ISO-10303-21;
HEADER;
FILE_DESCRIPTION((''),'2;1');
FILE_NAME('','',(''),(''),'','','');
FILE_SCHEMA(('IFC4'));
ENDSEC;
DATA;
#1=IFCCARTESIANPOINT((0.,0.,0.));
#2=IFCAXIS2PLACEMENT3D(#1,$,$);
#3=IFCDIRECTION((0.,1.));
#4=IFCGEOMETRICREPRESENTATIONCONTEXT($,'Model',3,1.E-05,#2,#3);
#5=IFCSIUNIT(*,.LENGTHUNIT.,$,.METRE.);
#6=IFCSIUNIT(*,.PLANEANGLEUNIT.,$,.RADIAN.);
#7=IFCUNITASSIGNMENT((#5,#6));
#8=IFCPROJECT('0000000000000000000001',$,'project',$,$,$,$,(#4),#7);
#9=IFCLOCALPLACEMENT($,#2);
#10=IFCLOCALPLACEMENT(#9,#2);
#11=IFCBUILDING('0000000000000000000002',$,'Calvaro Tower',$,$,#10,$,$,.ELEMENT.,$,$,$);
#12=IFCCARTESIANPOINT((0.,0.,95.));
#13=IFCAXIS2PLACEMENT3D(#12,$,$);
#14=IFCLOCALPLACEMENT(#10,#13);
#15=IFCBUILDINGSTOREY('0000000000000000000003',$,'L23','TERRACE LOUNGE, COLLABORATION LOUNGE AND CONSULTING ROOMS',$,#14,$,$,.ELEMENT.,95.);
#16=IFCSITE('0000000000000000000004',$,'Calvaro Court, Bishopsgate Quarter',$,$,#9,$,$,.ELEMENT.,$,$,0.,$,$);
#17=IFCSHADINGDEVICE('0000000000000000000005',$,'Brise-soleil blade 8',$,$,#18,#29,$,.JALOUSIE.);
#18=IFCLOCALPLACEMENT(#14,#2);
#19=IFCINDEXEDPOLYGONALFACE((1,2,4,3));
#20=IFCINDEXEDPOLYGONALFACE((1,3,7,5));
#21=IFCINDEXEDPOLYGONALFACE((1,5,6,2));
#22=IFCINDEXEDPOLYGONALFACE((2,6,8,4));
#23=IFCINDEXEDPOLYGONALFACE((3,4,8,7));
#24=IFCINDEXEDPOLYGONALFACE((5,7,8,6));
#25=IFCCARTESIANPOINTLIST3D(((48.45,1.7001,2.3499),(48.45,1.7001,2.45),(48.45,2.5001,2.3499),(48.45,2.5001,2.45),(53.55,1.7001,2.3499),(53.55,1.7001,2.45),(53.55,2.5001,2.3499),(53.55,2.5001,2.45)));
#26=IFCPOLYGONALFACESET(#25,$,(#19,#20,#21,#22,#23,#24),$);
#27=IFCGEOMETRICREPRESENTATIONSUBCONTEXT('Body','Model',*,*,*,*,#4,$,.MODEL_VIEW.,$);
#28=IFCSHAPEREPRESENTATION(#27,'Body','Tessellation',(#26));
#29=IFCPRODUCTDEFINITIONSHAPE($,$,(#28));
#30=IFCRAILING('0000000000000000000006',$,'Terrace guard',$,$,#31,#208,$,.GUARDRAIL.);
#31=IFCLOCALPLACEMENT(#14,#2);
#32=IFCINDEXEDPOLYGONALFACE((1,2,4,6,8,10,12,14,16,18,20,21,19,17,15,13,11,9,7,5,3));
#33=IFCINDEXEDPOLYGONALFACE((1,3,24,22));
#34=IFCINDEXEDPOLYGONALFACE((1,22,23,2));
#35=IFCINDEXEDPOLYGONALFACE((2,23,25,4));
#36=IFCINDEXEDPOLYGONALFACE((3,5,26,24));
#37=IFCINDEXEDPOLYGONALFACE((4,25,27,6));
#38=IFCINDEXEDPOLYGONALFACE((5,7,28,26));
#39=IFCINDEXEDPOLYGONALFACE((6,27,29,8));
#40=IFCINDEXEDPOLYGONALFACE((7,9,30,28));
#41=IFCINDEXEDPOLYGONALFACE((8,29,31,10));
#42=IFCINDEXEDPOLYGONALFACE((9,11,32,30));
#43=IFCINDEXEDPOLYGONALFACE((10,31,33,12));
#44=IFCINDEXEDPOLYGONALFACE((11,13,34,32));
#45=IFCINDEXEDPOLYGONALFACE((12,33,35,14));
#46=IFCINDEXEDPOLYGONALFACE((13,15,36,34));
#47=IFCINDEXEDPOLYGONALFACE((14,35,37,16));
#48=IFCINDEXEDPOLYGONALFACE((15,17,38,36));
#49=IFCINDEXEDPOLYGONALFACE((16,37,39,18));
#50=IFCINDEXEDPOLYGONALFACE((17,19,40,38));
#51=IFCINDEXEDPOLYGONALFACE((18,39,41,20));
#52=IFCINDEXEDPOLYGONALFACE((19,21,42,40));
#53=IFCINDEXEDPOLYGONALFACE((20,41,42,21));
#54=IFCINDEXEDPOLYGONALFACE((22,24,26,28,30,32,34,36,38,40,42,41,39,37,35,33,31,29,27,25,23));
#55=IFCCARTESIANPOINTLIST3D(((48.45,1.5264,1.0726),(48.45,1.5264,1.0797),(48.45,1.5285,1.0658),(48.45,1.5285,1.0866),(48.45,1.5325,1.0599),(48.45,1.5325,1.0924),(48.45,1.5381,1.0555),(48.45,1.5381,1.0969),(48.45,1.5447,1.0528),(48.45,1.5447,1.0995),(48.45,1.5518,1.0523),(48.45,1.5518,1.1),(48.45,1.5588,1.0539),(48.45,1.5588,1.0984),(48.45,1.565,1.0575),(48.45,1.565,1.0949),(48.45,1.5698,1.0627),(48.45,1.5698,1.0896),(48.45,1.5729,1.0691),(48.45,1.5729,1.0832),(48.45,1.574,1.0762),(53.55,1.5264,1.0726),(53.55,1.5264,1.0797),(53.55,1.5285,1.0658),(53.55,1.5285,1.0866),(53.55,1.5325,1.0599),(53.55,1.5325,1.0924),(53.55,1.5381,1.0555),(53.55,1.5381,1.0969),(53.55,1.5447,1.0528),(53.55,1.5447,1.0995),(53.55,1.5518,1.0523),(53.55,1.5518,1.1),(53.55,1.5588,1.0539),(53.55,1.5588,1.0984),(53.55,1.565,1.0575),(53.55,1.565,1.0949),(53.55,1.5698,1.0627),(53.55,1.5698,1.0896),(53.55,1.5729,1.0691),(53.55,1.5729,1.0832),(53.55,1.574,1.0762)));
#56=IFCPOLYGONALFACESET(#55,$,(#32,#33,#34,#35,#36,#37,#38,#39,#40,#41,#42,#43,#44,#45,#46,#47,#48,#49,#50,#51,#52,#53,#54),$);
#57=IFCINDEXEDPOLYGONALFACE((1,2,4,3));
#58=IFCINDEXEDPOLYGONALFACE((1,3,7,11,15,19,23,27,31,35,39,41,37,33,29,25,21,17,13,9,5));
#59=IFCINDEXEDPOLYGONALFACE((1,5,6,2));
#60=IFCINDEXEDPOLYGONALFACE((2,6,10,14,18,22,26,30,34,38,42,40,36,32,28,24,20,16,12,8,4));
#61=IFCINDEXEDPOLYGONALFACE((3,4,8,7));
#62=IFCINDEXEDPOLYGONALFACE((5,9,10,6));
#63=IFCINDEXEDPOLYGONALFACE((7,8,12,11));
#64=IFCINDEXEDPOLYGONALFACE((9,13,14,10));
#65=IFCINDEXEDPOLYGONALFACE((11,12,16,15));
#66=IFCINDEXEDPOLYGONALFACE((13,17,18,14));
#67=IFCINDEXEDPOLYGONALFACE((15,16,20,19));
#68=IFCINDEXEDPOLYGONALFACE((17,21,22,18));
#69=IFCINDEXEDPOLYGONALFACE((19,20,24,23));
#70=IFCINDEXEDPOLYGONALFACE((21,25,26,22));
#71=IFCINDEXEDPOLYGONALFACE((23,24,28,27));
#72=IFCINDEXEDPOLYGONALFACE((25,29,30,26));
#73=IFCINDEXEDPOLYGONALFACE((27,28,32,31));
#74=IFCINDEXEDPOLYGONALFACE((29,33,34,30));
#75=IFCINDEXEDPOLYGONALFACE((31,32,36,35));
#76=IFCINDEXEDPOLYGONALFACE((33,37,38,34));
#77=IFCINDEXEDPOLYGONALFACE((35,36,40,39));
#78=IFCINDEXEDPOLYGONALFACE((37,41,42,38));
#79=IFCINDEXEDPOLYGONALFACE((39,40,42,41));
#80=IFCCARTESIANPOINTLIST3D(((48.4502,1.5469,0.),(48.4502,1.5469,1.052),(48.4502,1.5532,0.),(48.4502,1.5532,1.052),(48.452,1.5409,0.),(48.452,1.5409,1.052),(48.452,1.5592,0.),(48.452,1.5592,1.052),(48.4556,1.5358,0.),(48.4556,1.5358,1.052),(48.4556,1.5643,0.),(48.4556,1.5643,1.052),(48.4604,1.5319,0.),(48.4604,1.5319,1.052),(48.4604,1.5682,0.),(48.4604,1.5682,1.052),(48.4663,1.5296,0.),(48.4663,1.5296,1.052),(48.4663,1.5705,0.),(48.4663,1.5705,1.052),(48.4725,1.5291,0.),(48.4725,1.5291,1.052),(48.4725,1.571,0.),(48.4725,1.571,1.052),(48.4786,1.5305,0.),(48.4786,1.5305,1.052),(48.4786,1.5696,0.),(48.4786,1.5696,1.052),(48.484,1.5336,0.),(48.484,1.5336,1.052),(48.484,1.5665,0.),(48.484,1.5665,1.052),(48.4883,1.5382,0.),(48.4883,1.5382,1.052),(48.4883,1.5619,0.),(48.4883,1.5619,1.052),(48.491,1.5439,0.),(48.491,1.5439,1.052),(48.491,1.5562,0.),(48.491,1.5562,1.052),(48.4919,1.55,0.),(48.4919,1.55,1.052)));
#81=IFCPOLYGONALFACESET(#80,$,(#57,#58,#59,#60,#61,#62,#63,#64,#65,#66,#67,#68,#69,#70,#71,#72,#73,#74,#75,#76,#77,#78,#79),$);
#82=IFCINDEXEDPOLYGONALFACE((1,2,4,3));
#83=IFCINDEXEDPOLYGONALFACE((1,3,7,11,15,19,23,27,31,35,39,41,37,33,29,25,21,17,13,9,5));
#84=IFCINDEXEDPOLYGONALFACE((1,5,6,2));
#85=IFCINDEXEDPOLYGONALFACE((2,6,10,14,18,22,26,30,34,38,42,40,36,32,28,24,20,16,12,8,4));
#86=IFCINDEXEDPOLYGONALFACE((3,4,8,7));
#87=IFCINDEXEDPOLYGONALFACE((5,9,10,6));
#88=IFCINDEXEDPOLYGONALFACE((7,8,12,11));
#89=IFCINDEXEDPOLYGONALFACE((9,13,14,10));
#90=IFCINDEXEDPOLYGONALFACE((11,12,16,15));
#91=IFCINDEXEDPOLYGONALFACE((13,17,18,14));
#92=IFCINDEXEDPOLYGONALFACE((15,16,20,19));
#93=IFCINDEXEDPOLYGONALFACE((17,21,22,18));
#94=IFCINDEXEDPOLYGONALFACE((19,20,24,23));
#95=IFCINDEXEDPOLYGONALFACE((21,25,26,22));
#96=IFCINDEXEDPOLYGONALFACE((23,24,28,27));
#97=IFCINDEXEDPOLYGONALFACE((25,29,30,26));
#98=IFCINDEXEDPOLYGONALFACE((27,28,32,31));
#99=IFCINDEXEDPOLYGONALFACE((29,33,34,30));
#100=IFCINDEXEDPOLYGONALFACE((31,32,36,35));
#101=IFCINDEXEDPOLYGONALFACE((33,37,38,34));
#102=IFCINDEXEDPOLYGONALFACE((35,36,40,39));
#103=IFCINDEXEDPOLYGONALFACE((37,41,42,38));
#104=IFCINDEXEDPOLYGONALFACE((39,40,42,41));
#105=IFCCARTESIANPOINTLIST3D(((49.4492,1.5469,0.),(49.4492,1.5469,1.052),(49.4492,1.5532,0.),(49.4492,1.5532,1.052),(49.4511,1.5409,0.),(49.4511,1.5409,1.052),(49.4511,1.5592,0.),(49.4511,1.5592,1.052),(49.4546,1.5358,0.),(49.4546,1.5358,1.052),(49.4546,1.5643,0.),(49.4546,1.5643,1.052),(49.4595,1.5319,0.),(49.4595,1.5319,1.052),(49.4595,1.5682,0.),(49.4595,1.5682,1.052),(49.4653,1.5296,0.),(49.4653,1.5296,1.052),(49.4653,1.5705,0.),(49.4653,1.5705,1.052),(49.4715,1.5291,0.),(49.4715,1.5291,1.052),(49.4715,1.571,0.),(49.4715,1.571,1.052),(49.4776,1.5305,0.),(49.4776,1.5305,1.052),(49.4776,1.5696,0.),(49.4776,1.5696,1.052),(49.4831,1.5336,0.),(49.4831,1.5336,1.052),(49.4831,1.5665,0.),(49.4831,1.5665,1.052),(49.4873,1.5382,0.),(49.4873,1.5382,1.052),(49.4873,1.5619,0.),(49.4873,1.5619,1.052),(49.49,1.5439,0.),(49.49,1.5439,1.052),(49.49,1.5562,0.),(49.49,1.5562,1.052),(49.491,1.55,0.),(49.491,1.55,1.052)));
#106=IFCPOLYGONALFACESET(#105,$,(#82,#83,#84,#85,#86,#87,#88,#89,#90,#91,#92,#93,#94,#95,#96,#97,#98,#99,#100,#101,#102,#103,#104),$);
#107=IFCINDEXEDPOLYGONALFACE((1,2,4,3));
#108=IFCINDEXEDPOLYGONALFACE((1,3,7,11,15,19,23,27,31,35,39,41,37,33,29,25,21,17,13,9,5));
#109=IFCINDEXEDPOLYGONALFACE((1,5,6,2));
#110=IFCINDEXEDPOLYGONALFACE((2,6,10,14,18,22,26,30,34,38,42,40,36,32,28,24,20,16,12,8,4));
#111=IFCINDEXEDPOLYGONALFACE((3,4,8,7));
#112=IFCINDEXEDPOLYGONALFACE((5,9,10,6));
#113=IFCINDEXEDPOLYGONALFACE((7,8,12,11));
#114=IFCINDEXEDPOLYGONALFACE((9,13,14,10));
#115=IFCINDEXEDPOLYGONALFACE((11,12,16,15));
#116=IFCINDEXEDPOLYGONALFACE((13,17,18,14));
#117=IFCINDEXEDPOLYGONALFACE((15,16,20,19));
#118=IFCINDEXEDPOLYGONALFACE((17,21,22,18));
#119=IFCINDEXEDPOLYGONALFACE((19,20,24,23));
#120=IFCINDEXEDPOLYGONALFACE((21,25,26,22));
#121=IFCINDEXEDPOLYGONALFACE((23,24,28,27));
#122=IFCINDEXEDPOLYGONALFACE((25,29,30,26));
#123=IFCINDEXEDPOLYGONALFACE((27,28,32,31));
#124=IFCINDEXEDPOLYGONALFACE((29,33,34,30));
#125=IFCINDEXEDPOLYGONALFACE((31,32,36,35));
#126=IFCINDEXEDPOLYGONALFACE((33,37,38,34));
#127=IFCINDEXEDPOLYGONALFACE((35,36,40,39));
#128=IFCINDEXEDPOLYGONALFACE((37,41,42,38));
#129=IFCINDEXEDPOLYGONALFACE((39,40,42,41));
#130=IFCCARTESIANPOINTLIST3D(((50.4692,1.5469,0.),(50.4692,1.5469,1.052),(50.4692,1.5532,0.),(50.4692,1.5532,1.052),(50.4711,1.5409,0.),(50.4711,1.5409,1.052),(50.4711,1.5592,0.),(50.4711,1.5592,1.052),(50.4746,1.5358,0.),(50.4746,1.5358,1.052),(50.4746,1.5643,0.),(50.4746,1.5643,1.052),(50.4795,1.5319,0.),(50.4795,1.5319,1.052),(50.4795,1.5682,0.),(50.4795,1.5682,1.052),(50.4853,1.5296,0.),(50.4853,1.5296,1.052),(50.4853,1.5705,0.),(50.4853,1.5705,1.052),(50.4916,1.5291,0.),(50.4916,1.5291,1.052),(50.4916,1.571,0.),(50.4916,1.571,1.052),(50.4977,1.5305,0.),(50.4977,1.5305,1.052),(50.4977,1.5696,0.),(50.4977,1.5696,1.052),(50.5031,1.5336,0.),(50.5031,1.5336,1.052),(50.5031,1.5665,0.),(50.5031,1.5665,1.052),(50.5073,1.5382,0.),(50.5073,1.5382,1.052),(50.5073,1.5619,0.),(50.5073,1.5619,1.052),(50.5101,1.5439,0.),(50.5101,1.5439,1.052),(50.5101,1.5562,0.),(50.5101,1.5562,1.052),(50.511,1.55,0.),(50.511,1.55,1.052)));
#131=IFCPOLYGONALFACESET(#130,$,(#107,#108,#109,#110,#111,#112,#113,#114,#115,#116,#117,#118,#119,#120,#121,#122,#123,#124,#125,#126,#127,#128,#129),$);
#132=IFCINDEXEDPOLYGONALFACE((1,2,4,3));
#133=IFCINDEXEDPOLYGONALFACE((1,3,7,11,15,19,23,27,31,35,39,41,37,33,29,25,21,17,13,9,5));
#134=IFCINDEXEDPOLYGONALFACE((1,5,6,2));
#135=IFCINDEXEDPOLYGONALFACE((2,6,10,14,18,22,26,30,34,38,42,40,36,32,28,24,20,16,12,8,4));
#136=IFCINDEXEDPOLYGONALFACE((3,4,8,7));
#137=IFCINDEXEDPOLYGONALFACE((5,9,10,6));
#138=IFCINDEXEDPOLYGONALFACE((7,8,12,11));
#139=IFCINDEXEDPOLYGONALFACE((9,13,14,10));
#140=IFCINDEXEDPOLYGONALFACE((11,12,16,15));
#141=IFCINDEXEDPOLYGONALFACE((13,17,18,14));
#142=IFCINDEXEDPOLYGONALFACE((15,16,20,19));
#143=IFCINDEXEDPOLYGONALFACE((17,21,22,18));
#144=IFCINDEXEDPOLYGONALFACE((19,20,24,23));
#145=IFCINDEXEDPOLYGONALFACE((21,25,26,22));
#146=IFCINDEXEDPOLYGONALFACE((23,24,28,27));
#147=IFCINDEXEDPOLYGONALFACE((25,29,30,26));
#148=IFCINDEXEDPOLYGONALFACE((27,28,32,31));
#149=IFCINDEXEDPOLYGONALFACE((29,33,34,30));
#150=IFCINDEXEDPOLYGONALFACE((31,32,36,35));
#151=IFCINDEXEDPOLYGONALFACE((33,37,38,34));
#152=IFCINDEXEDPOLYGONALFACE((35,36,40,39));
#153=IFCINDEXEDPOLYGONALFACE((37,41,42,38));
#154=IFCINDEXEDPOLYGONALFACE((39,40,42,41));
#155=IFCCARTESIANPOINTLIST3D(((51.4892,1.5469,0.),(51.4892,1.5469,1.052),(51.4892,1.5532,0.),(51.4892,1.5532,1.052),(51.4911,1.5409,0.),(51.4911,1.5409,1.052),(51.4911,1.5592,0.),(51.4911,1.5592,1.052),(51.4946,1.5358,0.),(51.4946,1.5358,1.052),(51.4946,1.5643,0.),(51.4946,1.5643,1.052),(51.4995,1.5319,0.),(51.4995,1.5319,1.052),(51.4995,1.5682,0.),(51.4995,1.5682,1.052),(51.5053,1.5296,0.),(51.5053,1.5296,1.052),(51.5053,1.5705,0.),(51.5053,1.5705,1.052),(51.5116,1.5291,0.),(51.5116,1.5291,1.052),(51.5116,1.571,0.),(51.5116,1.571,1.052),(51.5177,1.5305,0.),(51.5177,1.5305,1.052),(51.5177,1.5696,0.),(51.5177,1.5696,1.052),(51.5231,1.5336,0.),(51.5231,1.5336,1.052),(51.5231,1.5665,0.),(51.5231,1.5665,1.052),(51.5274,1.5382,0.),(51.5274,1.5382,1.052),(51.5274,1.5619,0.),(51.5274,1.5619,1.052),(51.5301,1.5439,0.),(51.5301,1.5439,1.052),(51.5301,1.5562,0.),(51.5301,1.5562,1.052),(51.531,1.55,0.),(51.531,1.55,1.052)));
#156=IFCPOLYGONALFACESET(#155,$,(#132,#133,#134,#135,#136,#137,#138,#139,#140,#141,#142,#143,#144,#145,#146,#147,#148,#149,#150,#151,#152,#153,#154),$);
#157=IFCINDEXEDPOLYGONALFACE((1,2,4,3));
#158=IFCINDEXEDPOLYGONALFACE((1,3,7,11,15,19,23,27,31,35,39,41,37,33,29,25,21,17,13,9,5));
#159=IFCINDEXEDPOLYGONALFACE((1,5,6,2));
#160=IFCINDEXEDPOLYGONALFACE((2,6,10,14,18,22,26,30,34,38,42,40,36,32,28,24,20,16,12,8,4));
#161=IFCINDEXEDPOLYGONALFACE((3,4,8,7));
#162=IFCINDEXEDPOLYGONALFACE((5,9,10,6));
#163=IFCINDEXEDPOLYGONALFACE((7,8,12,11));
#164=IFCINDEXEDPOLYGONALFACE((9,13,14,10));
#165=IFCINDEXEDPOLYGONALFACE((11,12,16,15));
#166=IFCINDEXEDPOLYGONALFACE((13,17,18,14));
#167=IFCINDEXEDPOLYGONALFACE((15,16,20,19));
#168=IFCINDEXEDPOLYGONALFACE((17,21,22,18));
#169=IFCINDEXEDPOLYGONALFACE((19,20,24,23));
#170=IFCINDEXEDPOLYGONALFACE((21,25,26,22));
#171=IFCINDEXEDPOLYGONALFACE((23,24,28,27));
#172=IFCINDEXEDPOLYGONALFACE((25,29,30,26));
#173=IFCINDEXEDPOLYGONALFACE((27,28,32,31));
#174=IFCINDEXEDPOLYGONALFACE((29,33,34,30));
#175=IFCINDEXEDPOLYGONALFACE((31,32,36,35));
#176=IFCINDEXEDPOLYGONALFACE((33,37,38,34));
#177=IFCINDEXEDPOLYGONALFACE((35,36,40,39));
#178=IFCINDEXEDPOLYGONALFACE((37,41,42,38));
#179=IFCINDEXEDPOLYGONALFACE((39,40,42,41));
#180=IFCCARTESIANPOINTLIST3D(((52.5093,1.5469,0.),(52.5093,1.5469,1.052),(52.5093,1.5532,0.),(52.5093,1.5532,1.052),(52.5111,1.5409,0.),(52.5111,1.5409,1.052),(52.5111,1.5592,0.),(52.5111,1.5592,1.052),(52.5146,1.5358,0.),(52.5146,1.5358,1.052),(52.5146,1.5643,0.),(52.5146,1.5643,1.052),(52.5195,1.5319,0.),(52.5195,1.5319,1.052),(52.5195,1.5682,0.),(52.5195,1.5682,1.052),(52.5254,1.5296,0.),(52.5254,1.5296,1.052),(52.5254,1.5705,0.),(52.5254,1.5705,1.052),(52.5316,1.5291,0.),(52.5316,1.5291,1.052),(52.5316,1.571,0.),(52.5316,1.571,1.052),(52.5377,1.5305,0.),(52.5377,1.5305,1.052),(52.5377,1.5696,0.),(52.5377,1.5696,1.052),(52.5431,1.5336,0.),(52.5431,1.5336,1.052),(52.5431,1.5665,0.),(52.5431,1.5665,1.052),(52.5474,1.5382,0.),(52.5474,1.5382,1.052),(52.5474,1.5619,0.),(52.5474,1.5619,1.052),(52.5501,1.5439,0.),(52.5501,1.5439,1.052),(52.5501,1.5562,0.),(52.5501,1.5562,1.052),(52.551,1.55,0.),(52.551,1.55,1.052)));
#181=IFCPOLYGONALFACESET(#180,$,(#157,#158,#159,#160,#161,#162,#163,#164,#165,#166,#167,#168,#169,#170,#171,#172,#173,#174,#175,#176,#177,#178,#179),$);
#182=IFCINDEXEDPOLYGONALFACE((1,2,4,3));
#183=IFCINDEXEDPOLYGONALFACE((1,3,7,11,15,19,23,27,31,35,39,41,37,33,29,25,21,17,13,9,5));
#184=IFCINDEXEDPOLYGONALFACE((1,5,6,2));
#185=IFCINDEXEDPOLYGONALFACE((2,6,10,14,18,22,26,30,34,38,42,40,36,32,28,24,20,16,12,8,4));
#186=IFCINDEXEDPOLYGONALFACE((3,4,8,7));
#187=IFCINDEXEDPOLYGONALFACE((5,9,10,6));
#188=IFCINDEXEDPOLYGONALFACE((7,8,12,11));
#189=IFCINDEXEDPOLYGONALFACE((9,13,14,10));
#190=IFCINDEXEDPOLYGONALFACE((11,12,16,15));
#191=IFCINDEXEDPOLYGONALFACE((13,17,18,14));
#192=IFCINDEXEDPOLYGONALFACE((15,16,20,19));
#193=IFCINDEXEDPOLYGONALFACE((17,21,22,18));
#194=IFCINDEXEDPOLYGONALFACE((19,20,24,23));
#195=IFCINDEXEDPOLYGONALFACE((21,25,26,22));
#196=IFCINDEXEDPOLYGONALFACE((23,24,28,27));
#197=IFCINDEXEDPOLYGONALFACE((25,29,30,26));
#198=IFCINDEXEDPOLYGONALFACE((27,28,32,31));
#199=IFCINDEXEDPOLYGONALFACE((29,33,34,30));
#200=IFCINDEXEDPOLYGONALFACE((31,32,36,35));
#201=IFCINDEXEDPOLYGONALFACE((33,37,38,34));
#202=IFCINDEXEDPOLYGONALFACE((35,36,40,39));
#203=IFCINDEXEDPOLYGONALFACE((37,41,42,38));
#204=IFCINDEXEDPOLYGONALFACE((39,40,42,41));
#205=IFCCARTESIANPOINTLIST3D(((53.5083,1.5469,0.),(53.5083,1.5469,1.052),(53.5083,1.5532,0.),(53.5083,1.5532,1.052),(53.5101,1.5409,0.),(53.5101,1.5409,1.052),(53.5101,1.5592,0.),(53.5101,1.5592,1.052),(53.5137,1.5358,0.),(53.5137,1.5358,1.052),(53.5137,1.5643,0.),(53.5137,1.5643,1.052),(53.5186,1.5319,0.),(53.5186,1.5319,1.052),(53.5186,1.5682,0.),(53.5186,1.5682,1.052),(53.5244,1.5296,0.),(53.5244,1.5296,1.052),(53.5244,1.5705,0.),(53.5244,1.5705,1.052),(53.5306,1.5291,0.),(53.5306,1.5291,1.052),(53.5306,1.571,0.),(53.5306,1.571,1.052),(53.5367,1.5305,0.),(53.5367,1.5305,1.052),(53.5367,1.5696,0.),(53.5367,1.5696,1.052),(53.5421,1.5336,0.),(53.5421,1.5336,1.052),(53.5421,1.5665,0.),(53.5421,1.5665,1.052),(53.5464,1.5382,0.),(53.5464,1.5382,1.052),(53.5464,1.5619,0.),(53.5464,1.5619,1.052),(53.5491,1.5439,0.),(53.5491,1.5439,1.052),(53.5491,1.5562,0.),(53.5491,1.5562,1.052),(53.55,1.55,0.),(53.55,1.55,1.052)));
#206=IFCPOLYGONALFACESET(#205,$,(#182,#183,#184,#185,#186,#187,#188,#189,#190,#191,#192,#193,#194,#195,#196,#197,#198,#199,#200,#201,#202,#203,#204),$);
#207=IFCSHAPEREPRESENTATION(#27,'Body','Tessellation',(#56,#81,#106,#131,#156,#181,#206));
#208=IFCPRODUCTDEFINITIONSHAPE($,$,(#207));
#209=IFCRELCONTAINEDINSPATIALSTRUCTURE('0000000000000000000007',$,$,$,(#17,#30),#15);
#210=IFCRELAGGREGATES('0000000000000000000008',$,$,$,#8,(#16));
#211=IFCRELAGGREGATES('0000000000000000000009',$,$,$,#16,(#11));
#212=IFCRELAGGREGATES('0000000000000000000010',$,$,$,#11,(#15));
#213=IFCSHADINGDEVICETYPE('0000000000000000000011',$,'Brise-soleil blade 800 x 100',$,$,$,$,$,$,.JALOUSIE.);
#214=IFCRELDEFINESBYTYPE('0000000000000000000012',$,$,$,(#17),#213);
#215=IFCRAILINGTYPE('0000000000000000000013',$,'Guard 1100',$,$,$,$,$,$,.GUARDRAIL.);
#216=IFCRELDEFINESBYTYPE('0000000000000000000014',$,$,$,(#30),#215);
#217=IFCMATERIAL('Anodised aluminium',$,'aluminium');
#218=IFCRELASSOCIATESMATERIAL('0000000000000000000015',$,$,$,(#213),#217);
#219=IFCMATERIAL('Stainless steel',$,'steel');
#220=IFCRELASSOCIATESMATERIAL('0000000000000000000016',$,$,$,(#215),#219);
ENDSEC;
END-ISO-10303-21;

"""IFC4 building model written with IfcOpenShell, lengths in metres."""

from ifc_helpers import new_model, si_unit, direction, frame, origin, origin_2d, place, context, subcontext, project, spatial, rectangle, circle, extrude, material, material_profile, profile_set, type_object, element, save


model = new_model("IFC4")

# Units and contexts
model_context = context("Model", 3, precision=1e-05, world=origin(), true_north=direction((0.0, 1.0)))
body_context = subcontext(model_context, "Body", "Model", "MODEL_VIEW")
ifc_project = project(units=[si_unit("LENGTHUNIT", "METRE"), si_unit("PLANEANGLEUNIT", "RADIAN")], contexts=[model_context])

# Site, building, storey
site_placement = place(None, origin())
site = spatial("IfcSite", under=ifc_project, at=site_placement, Name="Calvaro Court, Bishopsgate Quarter", CompositionType="ELEMENT", RefElevation=0.0)
building_placement = place(site_placement, origin())
building = spatial("IfcBuilding", under=site, at=building_placement, Name="Calvaro Tower", CompositionType="ELEMENT")
storey_placement = place(building_placement, frame((0.0, 0.0, 95.0)))
storey = spatial("IfcBuildingStorey", under=building, at=storey_placement, Name="L23", Description="TERRACE LOUNGE, COLLABORATION LOUNGE AND CONSULTING ROOMS", CompositionType="ELEMENT", Elevation=95.0)

# Shading device
ifc_material_1 = material(Name="Anodised aluminium", Category="aluminium")
ifc_material_profile_1 = material_profile(ifc_material_1, rectangle(XDim=0.8, YDim=0.1001, at=origin_2d()), Name="Brise-soleil blade 800 x 100")
ifc_profile_set_1 = profile_set([ifc_material_profile_1], Name="Anodised aluminium")
shading_device_type = type_object("IfcShadingDeviceType", Name="Brise-soleil blade 800 x 100", PredefinedType="JALOUSIE", material=ifc_profile_set_1)
for number, where, z_axis, x_axis, name in (
    (1, (48.45, 2.1001, 2.3999), (1.0, 0.0, 0.0), (0.0, 1.0, 0.0), "Brise-soleil blade 8"),
):
    element("IfcShadingDevice", number, at=place(storey_placement, frame(where, z_axis=z_axis, x_axis=x_axis)), inside=storey, type_object=shading_device_type, Name=name, PredefinedType="JALOUSIE", context=body_context, shape_type="SweptSolid", body=[
        extrude(rectangle(XDim=0.8, YDim=0.1001, at=origin_2d()), origin(), (0.0, 0.0, 1.0), 5.1001),
    ])

# Railing
ifc_material_2 = material(Name="Stainless steel", Category="steel")
railing_type = type_object("IfcRailingType", Name="Guard 1100", PredefinedType="GUARDRAIL", material=ifc_material_2)
railing_1_placement = place(storey_placement, frame((48.45, 1.55, 0.0)))
element("IfcRailing", 2, at=railing_1_placement, inside=storey, type_object=railing_type, Name="Terrace guard", PredefinedType="GUARDRAIL", context=body_context, shape_type="SweptSolid", body=[
    extrude(circle(Radius=0.0239, at=origin_2d()), frame((0.0, 0.0, 1.0762), z_axis=(1.0, 0.0, 0.0), x_axis=(0.0, 1.0, 0.0)), (0.0, 0.0, 1.0), 5.1001),
    extrude(circle(Radius=0.021, at=origin_2d()), frame((0.021, 0.0, 0.0)), (0.0, 0.0, 1.0), 1.052),
    extrude(circle(Radius=0.021, at=origin_2d()), frame((1.02, 0.0, 0.0)), (0.0, 0.0, 1.0), 1.052),
    extrude(circle(Radius=0.021, at=origin_2d()), frame((2.04, 0.0, 0.0)), (0.0, 0.0, 1.0), 1.052),
    extrude(circle(Radius=0.021, at=origin_2d()), frame((3.0601, 0.0, 0.0)), (0.0, 0.0, 1.0), 1.052),
    extrude(circle(Radius=0.021, at=origin_2d()), frame((4.0801, 0.0, 0.0)), (0.0, 0.0, 1.0), 1.052),
    extrude(circle(Radius=0.021, at=origin_2d()), frame((5.0791, 0.0, 0.0)), (0.0, 0.0, 1.0), 1.052),
])

save(model, "model.ifc")
